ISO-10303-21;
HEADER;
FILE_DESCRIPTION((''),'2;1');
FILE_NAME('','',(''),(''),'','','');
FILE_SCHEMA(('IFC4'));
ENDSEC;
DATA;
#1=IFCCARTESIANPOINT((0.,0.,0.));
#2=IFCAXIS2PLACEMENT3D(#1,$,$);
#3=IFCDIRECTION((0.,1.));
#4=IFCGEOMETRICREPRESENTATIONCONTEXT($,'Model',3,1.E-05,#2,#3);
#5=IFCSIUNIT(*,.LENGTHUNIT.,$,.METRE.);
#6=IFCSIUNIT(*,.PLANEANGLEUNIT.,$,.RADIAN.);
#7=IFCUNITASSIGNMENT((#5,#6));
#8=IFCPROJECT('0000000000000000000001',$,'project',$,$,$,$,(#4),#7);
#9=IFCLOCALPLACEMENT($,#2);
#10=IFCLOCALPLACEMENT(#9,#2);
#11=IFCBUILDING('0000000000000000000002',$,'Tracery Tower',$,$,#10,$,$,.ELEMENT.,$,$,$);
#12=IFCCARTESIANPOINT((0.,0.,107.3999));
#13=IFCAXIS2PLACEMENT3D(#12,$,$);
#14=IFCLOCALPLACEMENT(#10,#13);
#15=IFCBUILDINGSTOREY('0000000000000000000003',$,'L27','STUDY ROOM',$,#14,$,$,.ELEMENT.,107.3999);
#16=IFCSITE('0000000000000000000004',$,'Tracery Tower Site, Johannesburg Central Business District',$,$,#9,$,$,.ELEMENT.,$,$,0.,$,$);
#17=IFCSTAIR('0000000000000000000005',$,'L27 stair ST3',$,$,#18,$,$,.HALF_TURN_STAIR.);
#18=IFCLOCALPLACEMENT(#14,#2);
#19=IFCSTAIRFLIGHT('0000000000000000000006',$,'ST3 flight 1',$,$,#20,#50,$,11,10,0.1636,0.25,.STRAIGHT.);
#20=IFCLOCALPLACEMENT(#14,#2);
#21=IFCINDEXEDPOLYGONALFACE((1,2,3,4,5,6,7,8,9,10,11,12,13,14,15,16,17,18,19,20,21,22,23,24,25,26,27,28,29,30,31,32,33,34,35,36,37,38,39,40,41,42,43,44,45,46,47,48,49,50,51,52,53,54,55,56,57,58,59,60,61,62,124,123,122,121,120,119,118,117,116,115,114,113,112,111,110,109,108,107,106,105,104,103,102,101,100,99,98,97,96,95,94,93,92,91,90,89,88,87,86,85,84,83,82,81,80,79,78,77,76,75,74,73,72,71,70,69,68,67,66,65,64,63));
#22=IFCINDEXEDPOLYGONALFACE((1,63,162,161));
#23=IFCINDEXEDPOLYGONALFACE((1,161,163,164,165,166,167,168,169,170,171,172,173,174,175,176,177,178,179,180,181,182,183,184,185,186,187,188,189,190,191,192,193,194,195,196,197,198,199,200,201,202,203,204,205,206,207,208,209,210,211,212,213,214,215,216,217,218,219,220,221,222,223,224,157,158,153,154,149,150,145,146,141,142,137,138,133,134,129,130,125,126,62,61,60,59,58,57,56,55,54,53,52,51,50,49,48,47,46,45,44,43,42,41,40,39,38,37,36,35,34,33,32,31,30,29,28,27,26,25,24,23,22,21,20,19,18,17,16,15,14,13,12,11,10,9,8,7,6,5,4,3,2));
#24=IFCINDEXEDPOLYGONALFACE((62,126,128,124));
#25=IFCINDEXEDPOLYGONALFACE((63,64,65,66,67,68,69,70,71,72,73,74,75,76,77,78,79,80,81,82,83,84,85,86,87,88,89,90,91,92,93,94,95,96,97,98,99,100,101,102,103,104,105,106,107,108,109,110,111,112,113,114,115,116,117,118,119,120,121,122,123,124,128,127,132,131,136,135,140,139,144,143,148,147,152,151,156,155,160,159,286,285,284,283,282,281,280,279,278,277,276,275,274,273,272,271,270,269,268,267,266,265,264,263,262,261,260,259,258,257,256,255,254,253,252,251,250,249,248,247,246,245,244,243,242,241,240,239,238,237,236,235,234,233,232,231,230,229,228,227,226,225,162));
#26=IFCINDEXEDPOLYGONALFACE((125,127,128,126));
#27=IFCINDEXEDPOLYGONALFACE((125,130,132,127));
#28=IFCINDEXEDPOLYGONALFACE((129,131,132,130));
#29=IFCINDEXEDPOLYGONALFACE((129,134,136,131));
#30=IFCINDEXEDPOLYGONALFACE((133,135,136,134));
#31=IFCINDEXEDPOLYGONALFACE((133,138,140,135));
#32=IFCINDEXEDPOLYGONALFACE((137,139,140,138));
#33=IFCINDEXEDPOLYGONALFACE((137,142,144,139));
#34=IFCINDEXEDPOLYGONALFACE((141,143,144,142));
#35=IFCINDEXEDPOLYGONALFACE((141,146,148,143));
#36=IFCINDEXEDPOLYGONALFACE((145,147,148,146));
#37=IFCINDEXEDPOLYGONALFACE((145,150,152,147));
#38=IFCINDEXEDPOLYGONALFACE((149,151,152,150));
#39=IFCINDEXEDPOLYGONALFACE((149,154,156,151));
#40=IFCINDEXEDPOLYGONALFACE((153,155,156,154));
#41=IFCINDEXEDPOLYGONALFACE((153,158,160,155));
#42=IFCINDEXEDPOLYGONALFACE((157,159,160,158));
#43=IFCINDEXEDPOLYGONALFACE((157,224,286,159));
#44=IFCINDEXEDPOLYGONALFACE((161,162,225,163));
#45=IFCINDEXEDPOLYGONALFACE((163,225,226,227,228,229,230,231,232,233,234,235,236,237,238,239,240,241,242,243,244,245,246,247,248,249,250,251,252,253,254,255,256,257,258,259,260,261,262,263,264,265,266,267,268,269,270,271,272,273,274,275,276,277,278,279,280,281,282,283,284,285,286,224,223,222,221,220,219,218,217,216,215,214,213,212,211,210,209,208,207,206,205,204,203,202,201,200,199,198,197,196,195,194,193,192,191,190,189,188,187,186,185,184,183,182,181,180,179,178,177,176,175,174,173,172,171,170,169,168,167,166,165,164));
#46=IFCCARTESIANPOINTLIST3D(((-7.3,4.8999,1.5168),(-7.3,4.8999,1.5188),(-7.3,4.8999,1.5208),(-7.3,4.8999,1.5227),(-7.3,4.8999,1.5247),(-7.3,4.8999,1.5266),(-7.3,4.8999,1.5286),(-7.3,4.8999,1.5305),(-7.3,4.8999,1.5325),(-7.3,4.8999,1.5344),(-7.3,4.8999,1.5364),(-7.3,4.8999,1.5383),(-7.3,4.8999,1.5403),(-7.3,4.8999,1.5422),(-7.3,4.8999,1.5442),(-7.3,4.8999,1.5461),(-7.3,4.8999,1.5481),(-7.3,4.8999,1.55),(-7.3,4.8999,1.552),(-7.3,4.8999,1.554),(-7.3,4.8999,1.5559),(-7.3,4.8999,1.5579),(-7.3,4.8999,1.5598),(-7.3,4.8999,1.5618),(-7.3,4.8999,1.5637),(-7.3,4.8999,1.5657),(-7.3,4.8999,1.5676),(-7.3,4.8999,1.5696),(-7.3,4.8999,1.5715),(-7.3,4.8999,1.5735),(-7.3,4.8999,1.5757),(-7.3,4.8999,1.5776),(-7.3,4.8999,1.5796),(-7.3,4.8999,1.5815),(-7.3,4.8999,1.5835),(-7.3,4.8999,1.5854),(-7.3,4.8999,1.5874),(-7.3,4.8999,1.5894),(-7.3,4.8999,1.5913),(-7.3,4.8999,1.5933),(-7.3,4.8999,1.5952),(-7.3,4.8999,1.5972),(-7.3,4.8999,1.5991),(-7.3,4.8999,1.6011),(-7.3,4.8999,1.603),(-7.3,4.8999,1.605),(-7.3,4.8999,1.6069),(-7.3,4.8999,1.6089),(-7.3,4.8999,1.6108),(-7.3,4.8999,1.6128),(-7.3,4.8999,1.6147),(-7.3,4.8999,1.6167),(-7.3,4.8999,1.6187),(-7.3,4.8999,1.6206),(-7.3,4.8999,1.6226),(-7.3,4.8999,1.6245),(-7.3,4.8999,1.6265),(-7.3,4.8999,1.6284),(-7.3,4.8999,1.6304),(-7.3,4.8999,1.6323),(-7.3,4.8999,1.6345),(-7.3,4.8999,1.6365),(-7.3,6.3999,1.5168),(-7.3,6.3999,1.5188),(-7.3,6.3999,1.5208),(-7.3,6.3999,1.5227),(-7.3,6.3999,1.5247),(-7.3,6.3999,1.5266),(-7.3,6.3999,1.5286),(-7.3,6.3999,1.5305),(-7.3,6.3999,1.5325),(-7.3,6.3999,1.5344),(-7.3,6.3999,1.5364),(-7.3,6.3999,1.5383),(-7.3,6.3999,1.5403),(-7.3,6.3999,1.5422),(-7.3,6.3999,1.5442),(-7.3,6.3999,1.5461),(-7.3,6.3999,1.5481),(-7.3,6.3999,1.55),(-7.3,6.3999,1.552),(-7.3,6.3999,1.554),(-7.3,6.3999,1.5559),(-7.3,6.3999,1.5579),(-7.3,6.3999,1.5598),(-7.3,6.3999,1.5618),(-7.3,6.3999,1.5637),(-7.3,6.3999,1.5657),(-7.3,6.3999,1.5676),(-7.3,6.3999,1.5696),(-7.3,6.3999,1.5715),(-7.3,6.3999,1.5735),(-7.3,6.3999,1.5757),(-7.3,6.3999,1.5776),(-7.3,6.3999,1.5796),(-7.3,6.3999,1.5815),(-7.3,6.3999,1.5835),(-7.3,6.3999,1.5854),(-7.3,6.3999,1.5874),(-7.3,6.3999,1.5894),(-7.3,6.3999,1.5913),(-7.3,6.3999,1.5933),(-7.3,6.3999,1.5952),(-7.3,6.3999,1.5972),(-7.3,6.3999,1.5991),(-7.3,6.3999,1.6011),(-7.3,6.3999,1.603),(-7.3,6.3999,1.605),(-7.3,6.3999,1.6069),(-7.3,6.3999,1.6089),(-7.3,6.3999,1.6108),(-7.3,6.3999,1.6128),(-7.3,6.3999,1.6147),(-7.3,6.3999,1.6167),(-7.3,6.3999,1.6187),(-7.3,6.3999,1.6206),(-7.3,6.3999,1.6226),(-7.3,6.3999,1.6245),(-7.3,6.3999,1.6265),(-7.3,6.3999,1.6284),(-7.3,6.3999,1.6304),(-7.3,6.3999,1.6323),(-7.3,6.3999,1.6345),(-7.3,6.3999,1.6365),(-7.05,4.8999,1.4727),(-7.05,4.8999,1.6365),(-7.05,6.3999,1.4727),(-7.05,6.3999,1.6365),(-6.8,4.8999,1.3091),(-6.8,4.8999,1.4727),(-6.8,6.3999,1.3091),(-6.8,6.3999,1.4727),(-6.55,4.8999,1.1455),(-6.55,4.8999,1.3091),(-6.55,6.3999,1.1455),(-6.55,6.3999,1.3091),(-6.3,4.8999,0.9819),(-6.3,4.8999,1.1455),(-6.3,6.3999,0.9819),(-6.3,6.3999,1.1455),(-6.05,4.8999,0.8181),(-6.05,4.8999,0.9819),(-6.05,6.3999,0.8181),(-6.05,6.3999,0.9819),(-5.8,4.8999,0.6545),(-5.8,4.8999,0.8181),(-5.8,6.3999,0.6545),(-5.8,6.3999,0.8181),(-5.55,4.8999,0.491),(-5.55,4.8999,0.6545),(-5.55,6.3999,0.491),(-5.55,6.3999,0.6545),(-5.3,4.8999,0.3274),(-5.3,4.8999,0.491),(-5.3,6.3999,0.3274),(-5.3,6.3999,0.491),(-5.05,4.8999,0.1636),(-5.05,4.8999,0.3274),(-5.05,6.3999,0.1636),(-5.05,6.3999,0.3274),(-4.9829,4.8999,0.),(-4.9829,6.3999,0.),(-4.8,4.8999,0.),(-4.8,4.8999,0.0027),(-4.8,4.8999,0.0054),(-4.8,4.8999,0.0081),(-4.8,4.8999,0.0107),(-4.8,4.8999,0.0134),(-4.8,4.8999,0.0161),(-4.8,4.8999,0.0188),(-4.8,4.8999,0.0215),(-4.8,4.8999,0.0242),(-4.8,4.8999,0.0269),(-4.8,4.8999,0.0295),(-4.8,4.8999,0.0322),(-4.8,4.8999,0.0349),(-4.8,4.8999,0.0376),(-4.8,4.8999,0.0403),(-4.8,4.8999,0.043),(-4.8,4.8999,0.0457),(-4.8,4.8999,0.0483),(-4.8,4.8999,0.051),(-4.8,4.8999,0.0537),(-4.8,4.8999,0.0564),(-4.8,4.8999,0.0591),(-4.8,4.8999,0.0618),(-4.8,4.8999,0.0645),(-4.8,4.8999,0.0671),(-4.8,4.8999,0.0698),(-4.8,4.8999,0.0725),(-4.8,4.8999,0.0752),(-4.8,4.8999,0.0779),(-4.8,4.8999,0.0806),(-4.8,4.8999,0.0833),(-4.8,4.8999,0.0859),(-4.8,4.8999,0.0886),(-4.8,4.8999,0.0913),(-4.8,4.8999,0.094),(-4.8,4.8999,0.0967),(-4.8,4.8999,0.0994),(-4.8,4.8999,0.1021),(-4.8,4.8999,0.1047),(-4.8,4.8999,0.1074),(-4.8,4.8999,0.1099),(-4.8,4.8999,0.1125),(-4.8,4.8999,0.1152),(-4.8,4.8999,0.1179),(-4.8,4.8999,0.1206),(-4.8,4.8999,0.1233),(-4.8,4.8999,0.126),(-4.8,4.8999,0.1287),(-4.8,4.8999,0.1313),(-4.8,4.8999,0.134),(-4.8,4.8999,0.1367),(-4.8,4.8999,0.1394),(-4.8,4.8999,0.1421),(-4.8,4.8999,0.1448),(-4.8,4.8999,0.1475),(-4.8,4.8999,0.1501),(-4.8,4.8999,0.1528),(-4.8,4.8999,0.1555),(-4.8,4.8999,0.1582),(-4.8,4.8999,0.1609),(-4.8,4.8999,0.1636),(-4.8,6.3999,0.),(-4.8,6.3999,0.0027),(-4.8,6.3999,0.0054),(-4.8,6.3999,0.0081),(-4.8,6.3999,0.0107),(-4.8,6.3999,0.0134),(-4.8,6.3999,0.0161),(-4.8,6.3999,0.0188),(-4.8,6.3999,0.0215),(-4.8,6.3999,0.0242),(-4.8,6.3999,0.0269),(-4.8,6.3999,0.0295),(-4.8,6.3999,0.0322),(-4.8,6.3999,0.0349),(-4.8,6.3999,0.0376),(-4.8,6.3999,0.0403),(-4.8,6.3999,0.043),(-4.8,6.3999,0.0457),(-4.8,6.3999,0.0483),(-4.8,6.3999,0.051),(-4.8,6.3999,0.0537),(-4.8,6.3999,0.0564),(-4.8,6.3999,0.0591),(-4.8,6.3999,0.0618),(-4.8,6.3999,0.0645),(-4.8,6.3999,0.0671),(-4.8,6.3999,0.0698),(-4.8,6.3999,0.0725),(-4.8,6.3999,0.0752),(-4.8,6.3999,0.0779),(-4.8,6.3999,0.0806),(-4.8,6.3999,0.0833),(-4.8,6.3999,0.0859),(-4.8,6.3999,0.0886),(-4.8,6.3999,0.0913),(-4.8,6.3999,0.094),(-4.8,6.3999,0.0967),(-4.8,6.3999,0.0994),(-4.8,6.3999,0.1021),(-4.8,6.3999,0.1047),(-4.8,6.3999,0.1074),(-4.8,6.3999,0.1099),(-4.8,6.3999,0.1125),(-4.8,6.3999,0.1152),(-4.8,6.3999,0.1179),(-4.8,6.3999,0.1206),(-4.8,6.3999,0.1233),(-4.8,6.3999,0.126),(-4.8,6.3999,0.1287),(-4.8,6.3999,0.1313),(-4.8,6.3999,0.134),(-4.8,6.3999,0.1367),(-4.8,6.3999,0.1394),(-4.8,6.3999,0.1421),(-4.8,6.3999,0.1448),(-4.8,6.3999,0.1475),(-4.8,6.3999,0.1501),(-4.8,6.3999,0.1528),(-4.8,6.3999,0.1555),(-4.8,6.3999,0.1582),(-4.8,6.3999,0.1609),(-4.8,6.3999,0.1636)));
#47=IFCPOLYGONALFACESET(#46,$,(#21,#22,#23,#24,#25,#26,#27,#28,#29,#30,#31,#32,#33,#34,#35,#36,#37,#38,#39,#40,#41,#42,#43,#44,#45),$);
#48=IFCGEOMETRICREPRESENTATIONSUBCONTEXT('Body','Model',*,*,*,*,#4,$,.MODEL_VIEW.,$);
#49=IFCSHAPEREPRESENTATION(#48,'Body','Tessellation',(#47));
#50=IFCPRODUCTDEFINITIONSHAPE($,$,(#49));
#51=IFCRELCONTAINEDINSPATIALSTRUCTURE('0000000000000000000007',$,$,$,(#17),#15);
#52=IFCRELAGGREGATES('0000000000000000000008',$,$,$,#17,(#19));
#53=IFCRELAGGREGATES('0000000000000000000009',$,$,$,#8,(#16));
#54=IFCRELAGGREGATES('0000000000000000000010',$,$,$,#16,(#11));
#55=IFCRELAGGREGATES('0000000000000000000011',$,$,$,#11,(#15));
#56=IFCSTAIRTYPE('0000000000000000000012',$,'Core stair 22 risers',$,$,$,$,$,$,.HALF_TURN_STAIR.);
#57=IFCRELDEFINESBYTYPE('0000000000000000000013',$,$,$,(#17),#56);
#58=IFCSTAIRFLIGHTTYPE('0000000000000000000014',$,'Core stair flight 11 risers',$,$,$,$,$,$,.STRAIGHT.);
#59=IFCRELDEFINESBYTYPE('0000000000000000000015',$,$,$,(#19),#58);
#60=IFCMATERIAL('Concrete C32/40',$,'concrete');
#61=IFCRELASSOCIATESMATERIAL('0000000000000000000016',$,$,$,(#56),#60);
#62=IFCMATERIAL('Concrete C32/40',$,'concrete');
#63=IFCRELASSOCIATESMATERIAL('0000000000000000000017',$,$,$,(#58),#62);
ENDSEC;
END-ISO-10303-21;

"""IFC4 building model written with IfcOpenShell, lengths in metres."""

from ifc_helpers import new_model, si_unit, direction, frame, origin, place, context, subcontext, project, spatial, polyline, outline, extrude, material, type_object, element, aggregate, save


model = new_model("IFC4")

# Units and contexts
model_context = context("Model", 3, precision=1e-05, world=origin(), true_north=direction((0.0, 1.0)))
body_context = subcontext(model_context, "Body", "Model", "MODEL_VIEW")
ifc_project = project(units=[si_unit("LENGTHUNIT", "METRE"), si_unit("PLANEANGLEUNIT", "RADIAN")], contexts=[model_context])

# Site, building, storey
site_placement = place(None, origin())
site = spatial("IfcSite", under=ifc_project, at=site_placement, Name="Tracery Tower Site, Johannesburg Central Business District", CompositionType="ELEMENT", RefElevation=0.0)
building_placement = place(site_placement, origin())
building = spatial("IfcBuilding", under=site, at=building_placement, Name="Tracery Tower", CompositionType="ELEMENT")
storey_placement = place(building_placement, frame((0.0, 0.0, 107.3999)))
storey = spatial("IfcBuildingStorey", under=building, at=storey_placement, Name="L27", Description="STUDY ROOM", CompositionType="ELEMENT", Elevation=107.3999)

# Stair, stair flight
ifc_material_1 = material(Name="Concrete C32/40", Category="concrete")
stair_type = type_object("IfcStairType", Name="Core stair 22 risers", PredefinedType="HALF_TURN_STAIR", material=ifc_material_1)
stair_placement = place(storey_placement, origin())
stair = element("IfcStair", 1, at=stair_placement, inside=storey, type_object=stair_type, Name="L27 stair ST3", PredefinedType="HALF_TURN_STAIR")
ifc_material_2 = material(Name="Concrete C32/40", Category="concrete")
stair_flight_type = type_object("IfcStairFlightType", Name="Core stair flight 11 risers", PredefinedType="STRAIGHT", material=ifc_material_2)
stair_flight_1_placement = place(storey_placement, frame((-4.8, 5.6499, 0.0), z_axis=(0.0, 0.0, 1.0), x_axis=(-1.0, 0.0, 0.0)))
stair_flight_1 = element("IfcStairFlight", 2, at=stair_flight_1_placement, type_object=stair_flight_type, Name="ST3 flight 1", NumberOfRisers=11, NumberOfTreads=10, PredefinedType="STRAIGHT", RiserHeight=0.1636, TreadLength=0.25, context=body_context, shape_type="SweptSolid", body=[
    extrude(outline(polyline([(0.0, 0.0), (0.0, 0.0027), (0.0, 0.0054), (0.0, 0.0081), (0.0, 0.0107), (0.0, 0.0134), (0.0, 0.0161), (0.0, 0.0188), (0.0, 0.0215), (0.0, 0.0242), (0.0, 0.0269), (0.0, 0.0295), (0.0, 0.0322), (0.0, 0.0349), (0.0, 0.0376), (0.0, 0.0403), (0.0, 0.043), (0.0, 0.0457), (0.0, 0.0483), (0.0, 0.051), (0.0, 0.0537), (0.0, 0.0564), (0.0, 0.0591), (0.0, 0.0618), (0.0, 0.0645), (0.0, 0.0671), (0.0, 0.0698), (0.0, 0.0725), (0.0, 0.0752), (0.0, 0.0779), (0.0, 0.0806), (0.0, 0.0833), (0.0, 0.0859), (0.0, 0.0886), (0.0, 0.0913), (0.0, 0.094), (0.0, 0.0967), (0.0, 0.0994), (0.0, 0.1021), (0.0, 0.1047), (0.0, 0.1074), (0.0, 0.1099), (0.0, 0.1125), (0.0, 0.1152), (0.0, 0.1179), (0.0, 0.1206), (0.0, 0.1233), (0.0, 0.126), (0.0, 0.1287), (0.0, 0.1313), (0.0, 0.134), (0.0, 0.1367), (0.0, 0.1394), (0.0, 0.1421), (0.0, 0.1448), (0.0, 0.1475), (0.0, 0.1501), (0.0, 0.1528), (0.0, 0.1555), (0.0, 0.1582), (0.0, 0.1609), (0.0, 0.1636), (0.25, 0.1636), (0.25, 0.3274), (0.5, 0.3274), (0.5, 0.491), (0.75, 0.491), (0.75, 0.6545), (1.0, 0.6545), (1.0, 0.8181), (1.25, 0.8181), (1.25, 0.9819), (1.5, 0.9819), (1.5, 1.1455), (1.75, 1.1455), (1.75, 1.3091), (2.0, 1.3091), (2.0, 1.4727), (2.25, 1.4727), (2.25, 1.6365), (2.5, 1.6365), (2.5, 1.6345), (2.5, 1.6323), (2.5, 1.6304), (2.5, 1.6284), (2.5, 1.6265), (2.5, 1.6245), (2.5, 1.6226), (2.5, 1.6206), (2.5, 1.6187), (2.5, 1.6167), (2.5, 1.6147), (2.5, 1.6128), (2.5, 1.6108), (2.5, 1.6089), (2.5, 1.6069), (2.5, 1.605), (2.5, 1.603), (2.5, 1.6011), (2.5, 1.5991), (2.5, 1.5972), (2.5, 1.5952), (2.5, 1.5933), (2.5, 1.5913), (2.5, 1.5894), (2.5, 1.5874), (2.5, 1.5854), (2.5, 1.5835), (2.5, 1.5815), (2.5, 1.5796), (2.5, 1.5776), (2.5, 1.5757), (2.5, 1.5735), (2.5, 1.5715), (2.5, 1.5696), (2.5, 1.5676), (2.5, 1.5657), (2.5, 1.5637), (2.5, 1.5618), (2.5, 1.5598), (2.5, 1.5579), (2.5, 1.5559), (2.5, 1.554), (2.5, 1.552), (2.5, 1.55), (2.5, 1.5481), (2.5, 1.5461), (2.5, 1.5442), (2.5, 1.5422), (2.5, 1.5403), (2.5, 1.5383), (2.5, 1.5364), (2.5, 1.5344), (2.5, 1.5325), (2.5, 1.5305), (2.5, 1.5286), (2.5, 1.5266), (2.5, 1.5247), (2.5, 1.5227), (2.5, 1.5208), (2.5, 1.5188), (2.5, 1.5168), (0.1829, 0.0), (0.0, 0.0)])), frame((0.0, 0.75, 0.0), z_axis=(0.0, -1.0, 0.0), x_axis=(1.0, 0.0, 0.0)), (0.0, 0.0, 1.0), 1.5),
])
aggregate(stair, [stair_flight_1])

save(model, "model.ifc")
